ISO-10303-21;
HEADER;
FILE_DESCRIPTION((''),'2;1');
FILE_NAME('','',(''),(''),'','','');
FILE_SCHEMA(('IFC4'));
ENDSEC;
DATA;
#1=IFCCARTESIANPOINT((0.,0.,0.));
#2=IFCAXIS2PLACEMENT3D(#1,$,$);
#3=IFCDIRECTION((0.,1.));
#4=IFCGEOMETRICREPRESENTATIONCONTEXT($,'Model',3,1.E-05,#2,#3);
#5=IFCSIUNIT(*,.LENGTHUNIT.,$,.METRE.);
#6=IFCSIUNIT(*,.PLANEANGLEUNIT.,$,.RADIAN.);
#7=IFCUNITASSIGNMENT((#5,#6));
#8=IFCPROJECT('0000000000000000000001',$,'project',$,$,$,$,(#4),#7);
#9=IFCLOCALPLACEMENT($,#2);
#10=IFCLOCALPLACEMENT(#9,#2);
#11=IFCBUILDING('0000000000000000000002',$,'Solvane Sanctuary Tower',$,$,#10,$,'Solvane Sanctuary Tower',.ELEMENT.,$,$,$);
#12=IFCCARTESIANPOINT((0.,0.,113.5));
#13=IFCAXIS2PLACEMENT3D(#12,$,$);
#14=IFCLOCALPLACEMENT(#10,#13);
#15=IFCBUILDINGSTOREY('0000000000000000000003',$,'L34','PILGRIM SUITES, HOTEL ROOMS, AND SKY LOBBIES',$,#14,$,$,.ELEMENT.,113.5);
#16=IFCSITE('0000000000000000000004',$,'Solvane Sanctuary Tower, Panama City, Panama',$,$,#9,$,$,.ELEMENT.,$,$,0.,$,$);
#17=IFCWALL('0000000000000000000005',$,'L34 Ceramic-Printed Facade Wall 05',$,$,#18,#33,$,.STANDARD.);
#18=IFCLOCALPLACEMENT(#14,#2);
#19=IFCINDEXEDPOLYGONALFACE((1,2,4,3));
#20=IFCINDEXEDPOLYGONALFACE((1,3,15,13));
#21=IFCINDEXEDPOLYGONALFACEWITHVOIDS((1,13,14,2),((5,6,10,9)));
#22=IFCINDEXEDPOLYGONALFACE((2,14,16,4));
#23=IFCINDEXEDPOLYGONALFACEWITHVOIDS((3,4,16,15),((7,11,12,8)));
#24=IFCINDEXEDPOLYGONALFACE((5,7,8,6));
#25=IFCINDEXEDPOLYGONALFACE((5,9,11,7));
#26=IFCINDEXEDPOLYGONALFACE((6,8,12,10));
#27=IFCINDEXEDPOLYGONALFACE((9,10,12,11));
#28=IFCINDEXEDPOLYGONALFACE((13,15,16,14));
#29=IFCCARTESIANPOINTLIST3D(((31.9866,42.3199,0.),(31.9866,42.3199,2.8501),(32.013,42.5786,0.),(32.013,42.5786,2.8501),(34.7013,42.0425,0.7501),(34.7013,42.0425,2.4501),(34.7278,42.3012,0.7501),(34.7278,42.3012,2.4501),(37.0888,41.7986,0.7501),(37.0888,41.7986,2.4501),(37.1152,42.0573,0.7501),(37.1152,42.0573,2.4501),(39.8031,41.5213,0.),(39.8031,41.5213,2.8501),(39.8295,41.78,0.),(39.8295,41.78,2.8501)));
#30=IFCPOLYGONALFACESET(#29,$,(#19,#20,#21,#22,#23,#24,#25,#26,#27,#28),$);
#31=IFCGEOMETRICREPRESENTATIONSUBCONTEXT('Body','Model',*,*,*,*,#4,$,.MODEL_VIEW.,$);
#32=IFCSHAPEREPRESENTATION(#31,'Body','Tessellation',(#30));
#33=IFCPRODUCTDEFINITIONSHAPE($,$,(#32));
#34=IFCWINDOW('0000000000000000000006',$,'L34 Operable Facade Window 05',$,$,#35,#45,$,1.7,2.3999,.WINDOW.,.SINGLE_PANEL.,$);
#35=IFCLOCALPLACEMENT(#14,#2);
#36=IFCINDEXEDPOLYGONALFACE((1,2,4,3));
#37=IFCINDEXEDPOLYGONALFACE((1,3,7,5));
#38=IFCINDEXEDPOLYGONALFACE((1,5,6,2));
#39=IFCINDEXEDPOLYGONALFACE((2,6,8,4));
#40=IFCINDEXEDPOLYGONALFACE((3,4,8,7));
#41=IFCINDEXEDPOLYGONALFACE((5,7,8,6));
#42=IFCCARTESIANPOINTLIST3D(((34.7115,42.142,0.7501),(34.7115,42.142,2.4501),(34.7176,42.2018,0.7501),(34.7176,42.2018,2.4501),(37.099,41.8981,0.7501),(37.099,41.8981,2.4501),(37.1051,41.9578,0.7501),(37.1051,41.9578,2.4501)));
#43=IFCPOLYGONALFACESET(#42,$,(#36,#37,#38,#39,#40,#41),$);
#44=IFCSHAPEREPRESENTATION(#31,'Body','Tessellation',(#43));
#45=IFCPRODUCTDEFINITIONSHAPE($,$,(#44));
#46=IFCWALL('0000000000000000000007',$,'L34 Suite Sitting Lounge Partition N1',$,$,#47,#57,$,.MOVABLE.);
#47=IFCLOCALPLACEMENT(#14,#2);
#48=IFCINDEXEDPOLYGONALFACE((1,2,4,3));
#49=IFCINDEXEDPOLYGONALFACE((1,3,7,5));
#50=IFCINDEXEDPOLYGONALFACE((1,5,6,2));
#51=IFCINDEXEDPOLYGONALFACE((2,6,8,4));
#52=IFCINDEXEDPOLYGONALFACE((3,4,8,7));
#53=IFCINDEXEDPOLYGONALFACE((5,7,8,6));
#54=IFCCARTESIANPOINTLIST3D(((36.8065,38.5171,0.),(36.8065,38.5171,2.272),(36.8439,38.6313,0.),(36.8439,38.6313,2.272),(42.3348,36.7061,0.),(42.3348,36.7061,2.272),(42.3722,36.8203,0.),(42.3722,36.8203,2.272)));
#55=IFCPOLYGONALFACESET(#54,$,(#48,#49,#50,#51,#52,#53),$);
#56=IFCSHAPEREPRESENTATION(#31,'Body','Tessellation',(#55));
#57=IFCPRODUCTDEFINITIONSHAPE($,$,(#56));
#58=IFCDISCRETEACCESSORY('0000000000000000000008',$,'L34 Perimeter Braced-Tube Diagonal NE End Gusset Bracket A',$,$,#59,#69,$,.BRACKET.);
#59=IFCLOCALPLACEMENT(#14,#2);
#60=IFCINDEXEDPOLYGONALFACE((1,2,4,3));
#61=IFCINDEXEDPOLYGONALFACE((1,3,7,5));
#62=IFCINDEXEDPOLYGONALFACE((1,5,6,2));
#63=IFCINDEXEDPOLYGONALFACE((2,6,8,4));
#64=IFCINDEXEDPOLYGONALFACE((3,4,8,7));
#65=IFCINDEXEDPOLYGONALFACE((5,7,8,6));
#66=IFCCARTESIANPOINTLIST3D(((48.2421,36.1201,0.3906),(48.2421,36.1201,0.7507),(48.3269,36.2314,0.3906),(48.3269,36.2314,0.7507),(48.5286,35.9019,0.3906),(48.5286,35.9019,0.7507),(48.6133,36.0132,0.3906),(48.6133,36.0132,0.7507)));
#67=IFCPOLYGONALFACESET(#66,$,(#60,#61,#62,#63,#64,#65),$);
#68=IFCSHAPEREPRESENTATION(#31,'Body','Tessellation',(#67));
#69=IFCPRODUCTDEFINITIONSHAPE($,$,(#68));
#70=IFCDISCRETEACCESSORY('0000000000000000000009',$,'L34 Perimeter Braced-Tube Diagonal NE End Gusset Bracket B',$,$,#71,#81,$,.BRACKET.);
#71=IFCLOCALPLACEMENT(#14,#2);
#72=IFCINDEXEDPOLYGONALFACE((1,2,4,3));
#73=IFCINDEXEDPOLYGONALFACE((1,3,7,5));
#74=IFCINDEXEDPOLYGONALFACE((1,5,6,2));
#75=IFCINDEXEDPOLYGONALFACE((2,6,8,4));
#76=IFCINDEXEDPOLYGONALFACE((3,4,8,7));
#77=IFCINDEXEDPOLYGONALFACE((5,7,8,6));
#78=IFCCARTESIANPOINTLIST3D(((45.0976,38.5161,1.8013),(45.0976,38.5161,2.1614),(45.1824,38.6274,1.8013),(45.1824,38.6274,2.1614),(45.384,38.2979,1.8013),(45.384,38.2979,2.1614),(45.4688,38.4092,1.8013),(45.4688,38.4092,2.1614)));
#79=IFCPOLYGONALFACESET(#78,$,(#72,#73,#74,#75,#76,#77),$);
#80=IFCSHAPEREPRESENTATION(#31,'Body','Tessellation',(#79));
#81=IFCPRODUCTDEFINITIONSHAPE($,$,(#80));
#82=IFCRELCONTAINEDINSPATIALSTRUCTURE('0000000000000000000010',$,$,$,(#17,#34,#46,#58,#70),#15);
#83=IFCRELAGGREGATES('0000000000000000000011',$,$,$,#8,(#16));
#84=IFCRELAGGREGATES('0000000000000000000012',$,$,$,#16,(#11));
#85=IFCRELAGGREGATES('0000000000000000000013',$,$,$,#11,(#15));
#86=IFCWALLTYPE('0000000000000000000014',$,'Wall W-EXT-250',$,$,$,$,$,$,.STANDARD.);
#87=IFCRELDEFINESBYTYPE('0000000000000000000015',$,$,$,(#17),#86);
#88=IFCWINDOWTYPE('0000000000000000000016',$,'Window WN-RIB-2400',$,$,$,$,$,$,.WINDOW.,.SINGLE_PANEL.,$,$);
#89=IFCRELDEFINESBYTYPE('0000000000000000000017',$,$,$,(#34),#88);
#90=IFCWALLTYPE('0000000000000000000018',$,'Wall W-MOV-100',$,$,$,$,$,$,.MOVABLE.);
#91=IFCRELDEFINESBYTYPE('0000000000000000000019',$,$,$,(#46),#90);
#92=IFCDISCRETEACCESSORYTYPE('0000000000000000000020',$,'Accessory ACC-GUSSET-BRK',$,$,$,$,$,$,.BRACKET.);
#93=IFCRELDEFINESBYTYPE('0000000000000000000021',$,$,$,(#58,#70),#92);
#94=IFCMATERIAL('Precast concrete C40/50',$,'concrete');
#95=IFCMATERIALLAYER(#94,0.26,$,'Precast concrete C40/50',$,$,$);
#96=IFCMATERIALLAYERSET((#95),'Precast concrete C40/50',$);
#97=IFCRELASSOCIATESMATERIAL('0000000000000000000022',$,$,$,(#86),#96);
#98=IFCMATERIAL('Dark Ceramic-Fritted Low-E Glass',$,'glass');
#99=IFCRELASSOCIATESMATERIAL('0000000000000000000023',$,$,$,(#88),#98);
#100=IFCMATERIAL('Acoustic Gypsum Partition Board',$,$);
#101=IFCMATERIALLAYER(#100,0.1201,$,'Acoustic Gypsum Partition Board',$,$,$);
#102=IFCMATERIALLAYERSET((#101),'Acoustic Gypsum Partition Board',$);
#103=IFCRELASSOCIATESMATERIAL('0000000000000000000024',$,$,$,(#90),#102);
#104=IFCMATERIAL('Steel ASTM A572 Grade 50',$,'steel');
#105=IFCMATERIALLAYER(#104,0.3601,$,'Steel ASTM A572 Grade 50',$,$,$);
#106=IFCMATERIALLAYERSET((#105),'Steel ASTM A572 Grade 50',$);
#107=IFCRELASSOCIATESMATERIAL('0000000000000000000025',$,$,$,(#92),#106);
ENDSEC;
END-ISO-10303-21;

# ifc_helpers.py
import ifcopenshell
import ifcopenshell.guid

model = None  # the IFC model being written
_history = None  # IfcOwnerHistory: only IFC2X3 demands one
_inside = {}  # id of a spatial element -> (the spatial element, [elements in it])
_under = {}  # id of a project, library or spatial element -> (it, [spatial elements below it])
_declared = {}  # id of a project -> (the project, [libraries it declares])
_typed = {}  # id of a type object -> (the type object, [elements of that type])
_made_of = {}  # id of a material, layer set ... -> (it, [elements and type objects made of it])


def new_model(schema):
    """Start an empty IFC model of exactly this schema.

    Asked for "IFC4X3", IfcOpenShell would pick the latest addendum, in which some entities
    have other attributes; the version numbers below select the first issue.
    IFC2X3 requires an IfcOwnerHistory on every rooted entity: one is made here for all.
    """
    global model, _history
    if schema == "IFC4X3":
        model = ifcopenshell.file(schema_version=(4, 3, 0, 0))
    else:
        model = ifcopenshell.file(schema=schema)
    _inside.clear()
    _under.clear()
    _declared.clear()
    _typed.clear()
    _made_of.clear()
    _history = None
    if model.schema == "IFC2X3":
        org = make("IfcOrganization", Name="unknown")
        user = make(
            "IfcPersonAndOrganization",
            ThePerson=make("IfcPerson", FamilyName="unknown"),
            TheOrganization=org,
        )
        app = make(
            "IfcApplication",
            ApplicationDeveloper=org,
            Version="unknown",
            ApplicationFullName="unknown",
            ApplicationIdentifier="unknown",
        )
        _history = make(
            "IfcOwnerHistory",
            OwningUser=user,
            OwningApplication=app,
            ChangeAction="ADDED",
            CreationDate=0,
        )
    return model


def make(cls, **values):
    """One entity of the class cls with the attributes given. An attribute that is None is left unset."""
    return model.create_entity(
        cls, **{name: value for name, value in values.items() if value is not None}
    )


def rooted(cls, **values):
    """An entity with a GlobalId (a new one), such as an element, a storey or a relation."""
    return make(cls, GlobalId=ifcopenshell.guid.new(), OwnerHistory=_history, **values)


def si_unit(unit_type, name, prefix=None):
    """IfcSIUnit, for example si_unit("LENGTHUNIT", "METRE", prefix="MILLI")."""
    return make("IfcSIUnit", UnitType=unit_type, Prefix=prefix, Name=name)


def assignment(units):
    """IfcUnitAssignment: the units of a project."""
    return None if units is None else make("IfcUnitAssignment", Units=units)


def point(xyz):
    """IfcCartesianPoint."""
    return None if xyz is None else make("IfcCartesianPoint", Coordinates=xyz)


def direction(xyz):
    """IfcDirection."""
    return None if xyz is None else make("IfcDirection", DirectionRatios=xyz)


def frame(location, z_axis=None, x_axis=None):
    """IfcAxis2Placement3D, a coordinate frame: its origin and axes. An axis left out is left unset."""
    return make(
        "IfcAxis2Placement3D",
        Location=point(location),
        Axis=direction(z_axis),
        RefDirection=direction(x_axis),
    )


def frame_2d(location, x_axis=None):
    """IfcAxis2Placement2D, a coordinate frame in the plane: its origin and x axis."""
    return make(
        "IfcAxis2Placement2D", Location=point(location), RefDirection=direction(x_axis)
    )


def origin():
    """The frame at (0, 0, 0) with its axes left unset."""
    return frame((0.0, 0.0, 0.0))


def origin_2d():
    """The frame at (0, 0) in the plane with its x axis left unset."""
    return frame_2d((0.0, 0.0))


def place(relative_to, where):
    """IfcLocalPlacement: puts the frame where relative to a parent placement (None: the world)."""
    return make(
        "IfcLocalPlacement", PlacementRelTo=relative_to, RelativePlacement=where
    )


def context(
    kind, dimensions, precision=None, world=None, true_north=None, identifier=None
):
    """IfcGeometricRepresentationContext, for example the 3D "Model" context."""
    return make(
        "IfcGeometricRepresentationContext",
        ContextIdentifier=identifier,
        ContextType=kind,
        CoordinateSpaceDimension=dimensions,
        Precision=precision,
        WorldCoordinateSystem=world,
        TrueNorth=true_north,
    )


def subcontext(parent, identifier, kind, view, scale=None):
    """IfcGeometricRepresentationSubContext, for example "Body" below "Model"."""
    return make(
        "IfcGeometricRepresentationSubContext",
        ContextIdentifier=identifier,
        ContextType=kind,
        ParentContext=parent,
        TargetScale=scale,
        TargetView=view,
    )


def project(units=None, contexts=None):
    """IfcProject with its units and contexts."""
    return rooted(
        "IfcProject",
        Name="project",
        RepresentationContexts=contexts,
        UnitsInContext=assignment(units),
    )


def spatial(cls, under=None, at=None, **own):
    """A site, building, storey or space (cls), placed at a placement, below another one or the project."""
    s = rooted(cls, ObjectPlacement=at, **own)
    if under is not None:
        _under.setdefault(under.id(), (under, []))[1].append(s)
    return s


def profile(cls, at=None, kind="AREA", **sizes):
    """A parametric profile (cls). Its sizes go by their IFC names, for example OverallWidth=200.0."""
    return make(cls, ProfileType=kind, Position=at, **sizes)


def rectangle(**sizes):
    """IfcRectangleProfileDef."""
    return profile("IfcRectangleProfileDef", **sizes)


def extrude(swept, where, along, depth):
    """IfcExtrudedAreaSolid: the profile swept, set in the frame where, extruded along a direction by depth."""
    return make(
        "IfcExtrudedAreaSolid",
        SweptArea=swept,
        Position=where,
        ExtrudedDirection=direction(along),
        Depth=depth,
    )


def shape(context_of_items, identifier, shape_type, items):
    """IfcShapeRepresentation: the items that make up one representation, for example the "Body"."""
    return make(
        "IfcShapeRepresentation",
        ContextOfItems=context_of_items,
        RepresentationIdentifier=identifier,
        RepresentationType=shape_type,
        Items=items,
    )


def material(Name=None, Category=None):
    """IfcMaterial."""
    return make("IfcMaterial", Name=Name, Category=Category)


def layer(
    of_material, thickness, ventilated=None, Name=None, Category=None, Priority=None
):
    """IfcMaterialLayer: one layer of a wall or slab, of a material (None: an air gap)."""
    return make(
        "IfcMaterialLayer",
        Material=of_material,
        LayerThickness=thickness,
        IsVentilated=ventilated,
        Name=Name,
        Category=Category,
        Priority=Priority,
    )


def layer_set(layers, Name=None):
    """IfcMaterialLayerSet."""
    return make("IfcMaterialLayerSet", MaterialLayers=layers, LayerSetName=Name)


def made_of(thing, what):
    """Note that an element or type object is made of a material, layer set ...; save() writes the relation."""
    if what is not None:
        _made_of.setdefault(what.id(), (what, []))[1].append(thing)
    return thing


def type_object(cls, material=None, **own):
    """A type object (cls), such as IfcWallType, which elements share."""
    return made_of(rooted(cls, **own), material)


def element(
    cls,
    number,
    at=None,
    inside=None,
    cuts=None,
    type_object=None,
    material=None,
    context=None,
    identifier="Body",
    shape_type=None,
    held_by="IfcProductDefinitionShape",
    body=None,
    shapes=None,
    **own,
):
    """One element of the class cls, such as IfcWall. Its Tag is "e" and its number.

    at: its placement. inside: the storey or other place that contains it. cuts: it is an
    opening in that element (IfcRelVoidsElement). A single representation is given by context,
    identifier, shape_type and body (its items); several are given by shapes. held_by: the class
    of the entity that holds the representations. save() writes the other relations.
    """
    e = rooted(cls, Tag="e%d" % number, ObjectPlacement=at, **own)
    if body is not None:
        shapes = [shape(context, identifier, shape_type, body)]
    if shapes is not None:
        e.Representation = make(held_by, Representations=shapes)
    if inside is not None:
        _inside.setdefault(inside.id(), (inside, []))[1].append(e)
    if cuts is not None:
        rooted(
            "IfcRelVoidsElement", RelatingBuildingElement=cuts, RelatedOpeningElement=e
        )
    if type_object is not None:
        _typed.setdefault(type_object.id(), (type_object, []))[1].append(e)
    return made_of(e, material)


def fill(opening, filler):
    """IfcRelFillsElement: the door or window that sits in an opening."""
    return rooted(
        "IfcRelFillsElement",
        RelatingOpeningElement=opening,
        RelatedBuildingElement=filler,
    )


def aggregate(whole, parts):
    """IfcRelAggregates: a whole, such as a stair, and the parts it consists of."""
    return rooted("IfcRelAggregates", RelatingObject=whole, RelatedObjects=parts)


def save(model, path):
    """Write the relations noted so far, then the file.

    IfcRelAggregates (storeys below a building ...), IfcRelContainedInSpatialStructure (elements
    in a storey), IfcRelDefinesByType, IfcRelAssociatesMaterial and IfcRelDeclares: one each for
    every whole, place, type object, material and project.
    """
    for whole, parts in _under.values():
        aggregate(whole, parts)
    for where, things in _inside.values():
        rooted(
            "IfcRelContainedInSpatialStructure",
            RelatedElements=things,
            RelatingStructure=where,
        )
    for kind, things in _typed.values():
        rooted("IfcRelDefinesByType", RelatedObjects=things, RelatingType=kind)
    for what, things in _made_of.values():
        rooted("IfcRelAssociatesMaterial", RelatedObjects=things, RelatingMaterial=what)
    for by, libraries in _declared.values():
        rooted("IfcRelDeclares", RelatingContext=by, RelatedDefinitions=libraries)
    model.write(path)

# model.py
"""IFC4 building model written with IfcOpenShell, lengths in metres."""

from ifc_helpers import new_model, si_unit, direction, frame, frame_2d, origin, origin_2d, place, context, subcontext, project, spatial, rectangle, extrude, material, layer, layer_set, type_object, element, fill, save


model = new_model("IFC4")

# Units and contexts
model_context = context("Model", 3, precision=1e-05, world=origin(), true_north=direction((0.0, 1.0)))
body_context = subcontext(model_context, "Body", "Model", "MODEL_VIEW")
ifc_project = project(units=[si_unit("LENGTHUNIT", "METRE"), si_unit("PLANEANGLEUNIT", "RADIAN")], contexts=[model_context])

# Site, building, storey
site_placement = place(None, origin())
site = spatial("IfcSite", under=ifc_project, at=site_placement, Name="Solvane Sanctuary Tower, Panama City, Panama", CompositionType="ELEMENT", RefElevation=0.0)
building_placement = place(site_placement, origin())
building = spatial("IfcBuilding", under=site, at=building_placement, Name="Solvane Sanctuary Tower", LongName="Solvane Sanctuary Tower", CompositionType="ELEMENT")
storey_placement = place(building_placement, frame((0.0, 0.0, 113.5)))
storey = spatial("IfcBuildingStorey", under=building, at=storey_placement, Name="L34", Description="PILGRIM SUITES, HOTEL ROOMS, AND SKY LOBBIES", CompositionType="ELEMENT", Elevation=113.5)

# Shared definitions
ifc_material_1 = material(Name="Acoustic Gypsum Partition Board")

# Shared definitions
ifc_material_2 = material(Name="Precast concrete C40/50", Category="concrete")
ifc_layer_1 = layer(ifc_material_2, 0.26, Name="Precast concrete C40/50")
ifc_layer_set_1 = layer_set([ifc_layer_1], Name="Precast concrete C40/50")
wall_type_1 = type_object("IfcWallType", Name="Wall W-EXT-250", PredefinedType="STANDARD", material=ifc_layer_set_1)
ifc_material_3 = material(Name="Dark Ceramic-Fritted Low-E Glass", Category="glass")
window_type_1 = type_object("IfcWindowType", Name="Window WN-RIB-2400", PartitioningType="SINGLE_PANEL", PredefinedType="WINDOW", material=ifc_material_3)

# Wall, opening, window
wall_1_placement = place(storey_placement, frame((39.8164, 41.6506, 0.0), z_axis=(0.0, 0.0, 1.0), x_axis=(-0.994821, 0.101639, 0.0)))
wall_1 = element("IfcWall", 1, at=wall_1_placement, inside=storey, type_object=wall_type_1, Name="L34 Ceramic-Printed Facade Wall 05", PredefinedType="STANDARD", context=body_context, shape_type="SweptSolid", body=[
    extrude(rectangle(XDim=7.8572, YDim=0.26, at=frame_2d((3.9287, 0.0))), origin(), (0.0, 0.0, 1.0), 2.8501),
])
opening_1_placement = place(wall_1_placement, frame((2.7285, 0.0, 0.75)))
opening_1 = element("IfcOpeningElement", 2, at=opening_1_placement, cuts=wall_1, PredefinedType="OPENING", context=body_context, shape_type="SweptSolid", body=[
    extrude(rectangle(XDim=2.3999, YDim=1.7, at=frame_2d((1.2, 0.8501))), frame((0.0, 0.1399, 0.0), z_axis=(0.0, -1.0, 0.0), x_axis=(1.0, 0.0, 0.0)), (0.0, 0.0, 1.0), 0.28),
])
window_1_placement = place(opening_1_placement, origin())
window_1 = element("IfcWindow", 3, at=window_1_placement, inside=storey, type_object=window_type_1, Name="L34 Operable Facade Window 05", OverallHeight=1.7, OverallWidth=2.3999, PartitioningType="SINGLE_PANEL", PredefinedType="WINDOW", context=body_context, shape_type="SweptSolid", body=[
    extrude(rectangle(XDim=2.3999, YDim=1.7, at=frame_2d((1.2, 0.8501))), frame((0.0, 0.03, 0.0), z_axis=(0.0, -1.0, 0.0), x_axis=(1.0, 0.0, 0.0)), (0.0, 0.0, 1.0), 0.0601),
])
fill(opening_1, window_1)

# Wall
ifc_layer_2 = layer(ifc_material_1, 0.1201, Name="Acoustic Gypsum Partition Board")
ifc_layer_set_2 = layer_set([ifc_layer_2], Name="Acoustic Gypsum Partition Board")
wall_type_2 = type_object("IfcWallType", Name="Wall W-MOV-100", PredefinedType="MOVABLE", material=ifc_layer_set_2)
wall_2_placement = place(storey_placement, frame((42.3535, 36.7632, 0.0), z_axis=(0.0, 0.0, 1.0), x_axis=(-0.950307, 0.311313, 0.0)))
element("IfcWall", 4, at=wall_2_placement, inside=storey, type_object=wall_type_2, Name="L34 Suite Sitting Lounge Partition N1", PredefinedType="MOVABLE", context=body_context, shape_type="SweptSolid", body=[
    extrude(rectangle(XDim=5.8174, YDim=0.1201, at=frame_2d((2.9087, 0.0))), origin(), (0.0, 0.0, 1.0), 2.272),
])

# Discrete accessories
ifc_material_4 = material(Name="Steel ASTM A572 Grade 50", Category="steel")
ifc_layer_3 = layer(ifc_material_4, 0.3601, Name="Steel ASTM A572 Grade 50")
ifc_layer_set_3 = layer_set([ifc_layer_3], Name="Steel ASTM A572 Grade 50")
discrete_accessory_type = type_object("IfcDiscreteAccessoryType", Name="Accessory ACC-GUSSET-BRK", PredefinedType="BRACKET", material=ifc_layer_set_3)
for number, where, z_axis, x_axis, name in (
    (5, (48.4277, 36.0667, 0.3906), (0.0, 0.0, 1.0), (-0.795473, 0.605988, 0.0), "L34 Perimeter Braced-Tube Diagonal NE End Gusset Bracket A"),
    (6, (45.2832, 38.4626, 1.8013), (0.0, 0.0, 1.0), (-0.795473, 0.605988, 0.0), "L34 Perimeter Braced-Tube Diagonal NE End Gusset Bracket B"),
):
    element("IfcDiscreteAccessory", number, at=place(storey_placement, frame(where, z_axis=z_axis, x_axis=x_axis)), inside=storey, type_object=discrete_accessory_type, Name=name, PredefinedType="BRACKET", context=body_context, shape_type="SweptSolid", body=[
        extrude(rectangle(XDim=0.3601, YDim=0.1399, at=origin_2d()), origin(), (0.0, 0.0, 1.0), 0.3601),
    ])

save(model, "model.ifc")
